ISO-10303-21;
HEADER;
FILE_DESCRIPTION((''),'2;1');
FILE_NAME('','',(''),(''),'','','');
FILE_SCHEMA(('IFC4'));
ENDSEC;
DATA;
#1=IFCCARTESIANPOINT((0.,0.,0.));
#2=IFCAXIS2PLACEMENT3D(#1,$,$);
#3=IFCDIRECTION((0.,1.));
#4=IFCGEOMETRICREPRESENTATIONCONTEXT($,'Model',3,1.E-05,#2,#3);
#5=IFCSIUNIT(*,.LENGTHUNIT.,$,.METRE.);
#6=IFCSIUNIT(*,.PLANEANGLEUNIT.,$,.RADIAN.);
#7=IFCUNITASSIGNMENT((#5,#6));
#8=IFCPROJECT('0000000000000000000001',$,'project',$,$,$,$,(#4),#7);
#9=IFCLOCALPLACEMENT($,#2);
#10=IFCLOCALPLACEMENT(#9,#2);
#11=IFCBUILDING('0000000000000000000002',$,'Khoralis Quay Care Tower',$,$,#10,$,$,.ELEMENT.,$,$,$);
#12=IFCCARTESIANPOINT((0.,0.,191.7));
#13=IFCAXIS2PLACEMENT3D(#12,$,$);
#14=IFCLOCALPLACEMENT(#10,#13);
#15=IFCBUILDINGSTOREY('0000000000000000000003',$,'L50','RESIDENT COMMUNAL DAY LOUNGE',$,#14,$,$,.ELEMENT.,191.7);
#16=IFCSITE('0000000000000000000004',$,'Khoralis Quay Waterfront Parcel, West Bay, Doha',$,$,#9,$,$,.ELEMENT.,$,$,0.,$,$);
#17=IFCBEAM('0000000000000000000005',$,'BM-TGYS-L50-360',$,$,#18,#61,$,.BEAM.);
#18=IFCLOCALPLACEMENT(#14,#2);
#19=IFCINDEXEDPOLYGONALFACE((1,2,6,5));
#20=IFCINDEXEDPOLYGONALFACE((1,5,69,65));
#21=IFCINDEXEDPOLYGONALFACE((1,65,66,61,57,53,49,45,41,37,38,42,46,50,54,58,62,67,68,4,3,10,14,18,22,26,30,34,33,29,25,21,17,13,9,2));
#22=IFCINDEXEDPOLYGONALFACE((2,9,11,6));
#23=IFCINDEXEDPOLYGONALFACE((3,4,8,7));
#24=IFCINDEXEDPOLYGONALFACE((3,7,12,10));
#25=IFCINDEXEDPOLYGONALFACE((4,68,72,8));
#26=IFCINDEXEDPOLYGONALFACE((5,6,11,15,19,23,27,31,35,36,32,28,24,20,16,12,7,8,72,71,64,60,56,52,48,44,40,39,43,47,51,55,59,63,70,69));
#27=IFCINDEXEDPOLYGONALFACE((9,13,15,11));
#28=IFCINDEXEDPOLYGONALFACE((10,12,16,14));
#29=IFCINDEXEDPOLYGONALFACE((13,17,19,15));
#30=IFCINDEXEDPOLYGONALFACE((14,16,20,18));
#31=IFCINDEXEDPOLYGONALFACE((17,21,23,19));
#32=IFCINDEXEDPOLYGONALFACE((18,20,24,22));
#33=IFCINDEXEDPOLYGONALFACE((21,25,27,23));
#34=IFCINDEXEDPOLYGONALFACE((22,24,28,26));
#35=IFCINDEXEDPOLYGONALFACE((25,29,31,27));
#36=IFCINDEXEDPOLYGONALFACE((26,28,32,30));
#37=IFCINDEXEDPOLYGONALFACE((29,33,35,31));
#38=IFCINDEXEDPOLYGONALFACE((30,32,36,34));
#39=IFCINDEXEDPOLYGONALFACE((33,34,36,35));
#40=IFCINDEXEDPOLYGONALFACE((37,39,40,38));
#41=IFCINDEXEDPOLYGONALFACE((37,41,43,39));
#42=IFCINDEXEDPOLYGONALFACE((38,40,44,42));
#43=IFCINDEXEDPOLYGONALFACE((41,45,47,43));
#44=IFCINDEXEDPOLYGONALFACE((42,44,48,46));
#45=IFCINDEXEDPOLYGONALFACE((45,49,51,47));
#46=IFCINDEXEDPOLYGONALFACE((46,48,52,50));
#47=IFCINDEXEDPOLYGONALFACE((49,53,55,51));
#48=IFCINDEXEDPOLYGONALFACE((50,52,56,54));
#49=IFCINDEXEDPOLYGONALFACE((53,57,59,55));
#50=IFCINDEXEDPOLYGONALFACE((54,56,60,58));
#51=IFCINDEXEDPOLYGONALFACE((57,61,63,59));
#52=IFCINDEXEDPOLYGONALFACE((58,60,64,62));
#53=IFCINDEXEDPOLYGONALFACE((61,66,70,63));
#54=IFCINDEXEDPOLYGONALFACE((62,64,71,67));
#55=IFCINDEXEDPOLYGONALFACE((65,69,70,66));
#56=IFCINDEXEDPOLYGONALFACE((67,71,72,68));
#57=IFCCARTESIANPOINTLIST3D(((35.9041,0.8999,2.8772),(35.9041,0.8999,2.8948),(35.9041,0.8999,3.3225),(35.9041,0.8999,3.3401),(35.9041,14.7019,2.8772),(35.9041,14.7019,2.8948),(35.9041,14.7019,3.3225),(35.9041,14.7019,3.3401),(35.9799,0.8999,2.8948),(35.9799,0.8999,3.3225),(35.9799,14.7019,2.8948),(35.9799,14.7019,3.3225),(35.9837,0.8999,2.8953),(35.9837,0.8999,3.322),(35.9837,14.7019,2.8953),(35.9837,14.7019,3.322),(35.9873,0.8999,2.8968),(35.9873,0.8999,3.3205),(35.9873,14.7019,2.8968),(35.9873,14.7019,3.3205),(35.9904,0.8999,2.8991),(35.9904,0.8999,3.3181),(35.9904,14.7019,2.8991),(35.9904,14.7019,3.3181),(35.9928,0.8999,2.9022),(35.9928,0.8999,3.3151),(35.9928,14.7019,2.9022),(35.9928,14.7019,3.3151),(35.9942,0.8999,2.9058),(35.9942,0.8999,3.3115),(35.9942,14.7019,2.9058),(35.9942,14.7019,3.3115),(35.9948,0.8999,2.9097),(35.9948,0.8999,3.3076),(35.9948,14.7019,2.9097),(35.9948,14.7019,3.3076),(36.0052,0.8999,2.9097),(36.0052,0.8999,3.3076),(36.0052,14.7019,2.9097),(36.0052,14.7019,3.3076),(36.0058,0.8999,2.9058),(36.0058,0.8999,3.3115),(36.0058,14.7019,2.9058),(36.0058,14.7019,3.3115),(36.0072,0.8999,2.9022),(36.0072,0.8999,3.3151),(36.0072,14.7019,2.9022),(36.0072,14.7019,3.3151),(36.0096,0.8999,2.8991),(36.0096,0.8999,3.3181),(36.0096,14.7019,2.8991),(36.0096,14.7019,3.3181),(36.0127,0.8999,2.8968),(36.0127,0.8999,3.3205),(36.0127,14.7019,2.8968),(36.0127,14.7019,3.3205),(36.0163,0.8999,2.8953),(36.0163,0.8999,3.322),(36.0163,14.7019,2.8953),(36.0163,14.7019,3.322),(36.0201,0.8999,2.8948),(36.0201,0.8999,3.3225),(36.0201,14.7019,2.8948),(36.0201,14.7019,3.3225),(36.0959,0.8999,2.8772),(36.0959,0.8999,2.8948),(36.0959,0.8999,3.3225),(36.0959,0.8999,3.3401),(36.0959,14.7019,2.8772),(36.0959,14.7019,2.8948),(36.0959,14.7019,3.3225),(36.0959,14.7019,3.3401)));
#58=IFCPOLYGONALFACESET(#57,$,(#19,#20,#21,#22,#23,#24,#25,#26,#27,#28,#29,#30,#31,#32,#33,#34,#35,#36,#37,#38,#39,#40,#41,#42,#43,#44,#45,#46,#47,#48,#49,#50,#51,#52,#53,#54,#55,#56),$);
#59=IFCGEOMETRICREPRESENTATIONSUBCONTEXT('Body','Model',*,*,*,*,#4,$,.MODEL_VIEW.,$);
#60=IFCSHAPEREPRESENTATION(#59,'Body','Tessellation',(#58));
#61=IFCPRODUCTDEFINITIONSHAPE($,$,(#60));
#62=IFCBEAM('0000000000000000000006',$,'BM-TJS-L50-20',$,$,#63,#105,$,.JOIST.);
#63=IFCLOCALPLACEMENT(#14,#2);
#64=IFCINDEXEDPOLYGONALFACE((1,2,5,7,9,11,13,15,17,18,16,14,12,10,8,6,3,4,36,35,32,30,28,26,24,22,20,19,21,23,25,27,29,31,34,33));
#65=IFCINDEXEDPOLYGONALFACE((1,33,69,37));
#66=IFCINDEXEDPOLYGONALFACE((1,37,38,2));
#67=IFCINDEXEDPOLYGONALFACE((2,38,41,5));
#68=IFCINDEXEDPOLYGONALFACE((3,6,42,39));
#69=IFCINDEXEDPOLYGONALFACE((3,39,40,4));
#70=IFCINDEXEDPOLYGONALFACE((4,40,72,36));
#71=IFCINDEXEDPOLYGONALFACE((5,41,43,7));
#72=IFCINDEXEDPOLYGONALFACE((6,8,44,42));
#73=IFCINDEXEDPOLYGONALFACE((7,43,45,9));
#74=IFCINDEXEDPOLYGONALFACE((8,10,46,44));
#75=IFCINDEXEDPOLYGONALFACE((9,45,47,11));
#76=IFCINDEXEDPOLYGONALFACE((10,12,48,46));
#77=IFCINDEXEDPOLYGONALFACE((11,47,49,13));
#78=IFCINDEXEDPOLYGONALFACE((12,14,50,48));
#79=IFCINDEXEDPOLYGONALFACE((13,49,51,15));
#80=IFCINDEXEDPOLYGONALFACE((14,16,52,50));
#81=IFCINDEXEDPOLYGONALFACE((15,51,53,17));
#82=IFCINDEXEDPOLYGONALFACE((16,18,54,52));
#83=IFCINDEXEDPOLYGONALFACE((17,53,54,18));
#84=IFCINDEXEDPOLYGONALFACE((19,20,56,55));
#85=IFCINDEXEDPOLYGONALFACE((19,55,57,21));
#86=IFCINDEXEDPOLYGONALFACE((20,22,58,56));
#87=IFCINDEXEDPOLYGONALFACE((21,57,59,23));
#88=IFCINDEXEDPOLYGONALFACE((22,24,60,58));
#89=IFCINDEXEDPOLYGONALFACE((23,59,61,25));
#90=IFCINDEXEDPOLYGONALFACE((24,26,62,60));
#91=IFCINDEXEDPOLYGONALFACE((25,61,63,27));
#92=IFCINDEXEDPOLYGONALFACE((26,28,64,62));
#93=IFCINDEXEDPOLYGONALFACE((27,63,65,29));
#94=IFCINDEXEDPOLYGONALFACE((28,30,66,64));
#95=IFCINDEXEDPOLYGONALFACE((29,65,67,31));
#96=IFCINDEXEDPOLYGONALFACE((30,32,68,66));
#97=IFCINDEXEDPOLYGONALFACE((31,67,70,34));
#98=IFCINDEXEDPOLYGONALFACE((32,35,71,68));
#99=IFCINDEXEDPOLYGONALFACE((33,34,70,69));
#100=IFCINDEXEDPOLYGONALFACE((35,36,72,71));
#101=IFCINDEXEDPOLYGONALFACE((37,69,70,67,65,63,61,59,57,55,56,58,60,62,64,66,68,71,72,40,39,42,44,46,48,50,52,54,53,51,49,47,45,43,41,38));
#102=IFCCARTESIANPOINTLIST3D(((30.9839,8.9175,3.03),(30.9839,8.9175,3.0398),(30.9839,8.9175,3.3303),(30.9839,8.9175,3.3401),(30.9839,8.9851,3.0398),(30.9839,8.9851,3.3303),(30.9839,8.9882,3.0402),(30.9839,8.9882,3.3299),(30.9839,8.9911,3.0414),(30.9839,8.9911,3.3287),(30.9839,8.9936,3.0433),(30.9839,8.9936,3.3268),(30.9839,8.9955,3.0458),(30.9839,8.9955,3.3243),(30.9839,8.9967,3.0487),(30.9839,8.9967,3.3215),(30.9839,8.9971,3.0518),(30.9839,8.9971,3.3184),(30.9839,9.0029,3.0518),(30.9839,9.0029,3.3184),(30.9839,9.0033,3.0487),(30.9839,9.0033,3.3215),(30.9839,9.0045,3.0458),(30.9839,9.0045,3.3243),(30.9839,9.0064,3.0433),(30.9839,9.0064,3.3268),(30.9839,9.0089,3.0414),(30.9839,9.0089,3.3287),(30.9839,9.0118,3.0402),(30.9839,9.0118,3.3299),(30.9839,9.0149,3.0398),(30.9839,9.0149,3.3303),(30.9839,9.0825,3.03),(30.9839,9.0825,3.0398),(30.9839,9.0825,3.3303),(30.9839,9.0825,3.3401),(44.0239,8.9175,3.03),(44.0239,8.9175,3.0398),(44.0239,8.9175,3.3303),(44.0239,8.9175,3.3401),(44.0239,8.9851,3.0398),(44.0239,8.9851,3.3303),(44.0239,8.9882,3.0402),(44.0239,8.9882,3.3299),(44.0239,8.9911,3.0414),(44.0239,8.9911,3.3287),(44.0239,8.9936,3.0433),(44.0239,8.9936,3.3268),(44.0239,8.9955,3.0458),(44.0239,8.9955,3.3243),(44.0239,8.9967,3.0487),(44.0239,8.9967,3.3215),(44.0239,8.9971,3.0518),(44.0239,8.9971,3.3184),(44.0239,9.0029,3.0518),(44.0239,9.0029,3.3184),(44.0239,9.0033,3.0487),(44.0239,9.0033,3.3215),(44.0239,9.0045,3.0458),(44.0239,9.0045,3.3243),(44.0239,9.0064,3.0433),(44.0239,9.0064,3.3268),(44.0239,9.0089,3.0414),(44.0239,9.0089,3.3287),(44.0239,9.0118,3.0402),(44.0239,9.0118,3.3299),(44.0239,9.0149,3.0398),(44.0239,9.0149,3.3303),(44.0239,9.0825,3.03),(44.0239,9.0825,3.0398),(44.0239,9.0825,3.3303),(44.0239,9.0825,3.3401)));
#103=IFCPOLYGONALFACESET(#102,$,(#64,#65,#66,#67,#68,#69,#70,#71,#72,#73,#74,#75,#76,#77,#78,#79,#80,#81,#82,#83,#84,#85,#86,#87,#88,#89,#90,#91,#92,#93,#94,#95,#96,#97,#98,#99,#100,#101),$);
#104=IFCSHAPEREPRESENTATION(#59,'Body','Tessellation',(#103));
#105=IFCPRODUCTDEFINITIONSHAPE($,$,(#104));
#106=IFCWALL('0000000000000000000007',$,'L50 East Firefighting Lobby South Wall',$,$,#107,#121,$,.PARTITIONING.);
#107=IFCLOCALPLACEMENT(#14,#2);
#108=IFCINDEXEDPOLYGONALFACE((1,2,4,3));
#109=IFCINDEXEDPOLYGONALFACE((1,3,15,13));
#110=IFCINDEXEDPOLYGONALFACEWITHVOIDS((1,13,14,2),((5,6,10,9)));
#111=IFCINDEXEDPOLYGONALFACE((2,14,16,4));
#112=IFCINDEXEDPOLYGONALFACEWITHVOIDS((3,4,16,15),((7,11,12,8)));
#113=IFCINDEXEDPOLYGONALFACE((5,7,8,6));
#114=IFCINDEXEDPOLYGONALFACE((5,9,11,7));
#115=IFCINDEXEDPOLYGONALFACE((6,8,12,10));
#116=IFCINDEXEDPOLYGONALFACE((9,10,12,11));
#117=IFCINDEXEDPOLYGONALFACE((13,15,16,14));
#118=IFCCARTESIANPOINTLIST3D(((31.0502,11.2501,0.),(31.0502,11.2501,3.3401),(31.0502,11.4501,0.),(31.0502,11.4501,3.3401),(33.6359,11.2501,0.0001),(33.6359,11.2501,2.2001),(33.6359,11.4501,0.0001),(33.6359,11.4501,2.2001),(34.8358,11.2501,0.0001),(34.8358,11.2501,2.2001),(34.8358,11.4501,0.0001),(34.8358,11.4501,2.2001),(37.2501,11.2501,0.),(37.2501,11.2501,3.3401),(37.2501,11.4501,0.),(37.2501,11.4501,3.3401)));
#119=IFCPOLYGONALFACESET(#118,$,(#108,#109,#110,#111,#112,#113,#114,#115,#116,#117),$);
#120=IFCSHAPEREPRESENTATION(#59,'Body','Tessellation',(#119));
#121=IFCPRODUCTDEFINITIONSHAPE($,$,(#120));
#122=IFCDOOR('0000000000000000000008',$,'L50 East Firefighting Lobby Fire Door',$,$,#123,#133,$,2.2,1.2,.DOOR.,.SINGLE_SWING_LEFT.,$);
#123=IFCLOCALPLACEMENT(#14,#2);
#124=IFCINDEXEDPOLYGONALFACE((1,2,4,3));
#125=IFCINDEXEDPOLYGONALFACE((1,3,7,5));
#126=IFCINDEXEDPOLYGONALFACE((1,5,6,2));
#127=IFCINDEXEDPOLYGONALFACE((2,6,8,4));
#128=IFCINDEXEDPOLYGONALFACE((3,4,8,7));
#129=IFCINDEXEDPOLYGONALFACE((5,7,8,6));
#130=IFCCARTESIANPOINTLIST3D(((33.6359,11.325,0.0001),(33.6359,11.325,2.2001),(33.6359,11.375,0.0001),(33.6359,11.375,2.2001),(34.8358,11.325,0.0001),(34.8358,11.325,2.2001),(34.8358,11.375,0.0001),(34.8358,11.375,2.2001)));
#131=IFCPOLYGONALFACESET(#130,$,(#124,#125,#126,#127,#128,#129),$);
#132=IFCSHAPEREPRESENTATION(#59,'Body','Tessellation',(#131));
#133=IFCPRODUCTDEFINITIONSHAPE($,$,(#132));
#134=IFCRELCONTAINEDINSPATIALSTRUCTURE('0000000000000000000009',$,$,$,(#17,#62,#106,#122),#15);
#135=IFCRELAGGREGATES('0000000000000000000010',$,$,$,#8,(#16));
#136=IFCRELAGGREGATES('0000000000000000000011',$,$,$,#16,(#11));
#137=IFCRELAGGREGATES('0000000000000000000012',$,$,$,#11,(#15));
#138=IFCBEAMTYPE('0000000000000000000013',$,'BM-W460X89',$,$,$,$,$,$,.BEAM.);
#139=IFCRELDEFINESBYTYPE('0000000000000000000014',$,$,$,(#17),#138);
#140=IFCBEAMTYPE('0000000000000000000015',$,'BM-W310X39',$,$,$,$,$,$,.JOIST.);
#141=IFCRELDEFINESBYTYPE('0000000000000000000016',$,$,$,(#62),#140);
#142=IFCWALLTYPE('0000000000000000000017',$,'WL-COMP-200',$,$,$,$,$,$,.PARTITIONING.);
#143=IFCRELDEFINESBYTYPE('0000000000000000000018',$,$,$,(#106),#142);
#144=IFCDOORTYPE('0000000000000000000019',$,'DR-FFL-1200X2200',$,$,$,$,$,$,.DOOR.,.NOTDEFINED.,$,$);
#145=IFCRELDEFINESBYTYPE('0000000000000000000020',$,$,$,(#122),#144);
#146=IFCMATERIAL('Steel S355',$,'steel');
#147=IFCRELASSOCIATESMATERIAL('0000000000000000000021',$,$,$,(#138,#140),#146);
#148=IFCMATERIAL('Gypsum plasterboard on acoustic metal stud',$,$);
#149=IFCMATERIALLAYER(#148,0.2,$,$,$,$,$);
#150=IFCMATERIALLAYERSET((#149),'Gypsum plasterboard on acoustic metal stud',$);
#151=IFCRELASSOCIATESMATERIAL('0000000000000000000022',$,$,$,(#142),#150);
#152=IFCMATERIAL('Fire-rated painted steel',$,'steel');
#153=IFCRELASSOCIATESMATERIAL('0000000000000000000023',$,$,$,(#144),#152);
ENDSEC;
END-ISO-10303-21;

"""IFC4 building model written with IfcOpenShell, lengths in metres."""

from ifc_helpers import new_model, si_unit, direction, frame, frame_2d, origin, origin_2d, place, context, subcontext, project, spatial, rectangle, i_section, extrude, source, transform, mapped, material, layer, layer_set, material_profile, profile_set, type_object, element, fill, save


model = new_model("IFC4")

# Units and contexts
model_context = context("Model", 3, precision=1e-05, world=origin(), true_north=direction((0.0, 1.0)))
body_context = subcontext(model_context, "Body", "Model", "MODEL_VIEW")
ifc_project = project(units=[si_unit("LENGTHUNIT", "METRE"), si_unit("PLANEANGLEUNIT", "RADIAN")], contexts=[model_context])

# Site, building, storey
site_placement = place(None, origin())
site = spatial("IfcSite", under=ifc_project, at=site_placement, Name="Khoralis Quay Waterfront Parcel, West Bay, Doha", CompositionType="ELEMENT", RefElevation=0.0)
building_placement = place(site_placement, origin())
building = spatial("IfcBuilding", under=site, at=building_placement, Name="Khoralis Quay Care Tower", CompositionType="ELEMENT")
storey_placement = place(building_placement, frame((0.0, 0.0, 191.7)))
storey = spatial("IfcBuildingStorey", under=building, at=storey_placement, Name="L50", Description="RESIDENT COMMUNAL DAY LOUNGE", CompositionType="ELEMENT", Elevation=191.7)

# Beams
ifc_material_1 = material(Name="Steel S355", Category="steel")
ifc_material_profile_1 = material_profile(ifc_material_1, i_section(OverallWidth=0.1919, OverallDepth=0.4629, WebThickness=0.0105, FlangeThickness=0.0176, FilletRadius=0.0149, at=origin_2d()), Name="Steel S355")
ifc_profile_set_1 = profile_set([ifc_material_profile_1], Name="Steel S355")
beam_type_1 = type_object("IfcBeamType", Name="BM-W460X89", PredefinedType="BEAM", material=ifc_profile_set_1)
shared_shape_1 = source(origin(), body_context, "Body", "SweptSolid", [
    extrude(i_section(OverallWidth=0.1919, OverallDepth=0.4629, WebThickness=0.0105, FlangeThickness=0.0176, FilletRadius=0.0149, at=origin_2d()), origin(), (0.0, 0.0, 1.0), 13.802),
])
beam_1_placement = place(storey_placement, frame((36.0, 0.8999, 3.1086), z_axis=(0.0, 1.0, 0.0), x_axis=(-1.0, 0.0, 0.0)))
element("IfcBeam", 1, at=beam_1_placement, inside=storey, type_object=beam_type_1, Name="BM-TGYS-L50-360", PredefinedType="BEAM", context=body_context, shape_type="MappedRepresentation", body=[
    mapped(shared_shape_1, transform((0.0, 0.0, 0.0), scale=1.0)),
])
ifc_material_profile_2 = material_profile(ifc_material_1, i_section(OverallWidth=0.165, OverallDepth=0.3101, WebThickness=0.0059, FlangeThickness=0.0098, FilletRadius=0.012, at=origin_2d()), Name="Steel S355")
ifc_profile_set_2 = profile_set([ifc_material_profile_2], Name="Steel S355")
beam_type_2 = type_object("IfcBeamType", Name="BM-W310X39", PredefinedType="JOIST", material=ifc_profile_set_2)
shared_shape_2 = source(origin(), body_context, "Body", "SweptSolid", [
    extrude(i_section(OverallWidth=0.165, OverallDepth=0.3101, WebThickness=0.0059, FlangeThickness=0.0098, FilletRadius=0.012, at=origin_2d()), origin(), (0.0, 0.0, 1.0), 13.04),
])
beam_2_placement = place(storey_placement, frame((30.9839, 9.0, 3.1851), z_axis=(1.0, 0.0, 0.0), x_axis=(0.0, 1.0, 0.0)))
element("IfcBeam", 2, at=beam_2_placement, inside=storey, type_object=beam_type_2, Name="BM-TJS-L50-20", PredefinedType="JOIST", context=body_context, shape_type="MappedRepresentation", body=[
    mapped(shared_shape_2, transform((0.0, 0.0, 0.0), scale=1.0)),
])

# Wall, opening, door
ifc_material_2 = material(Name="Gypsum plasterboard on acoustic metal stud")
ifc_layer_1 = layer(ifc_material_2, 0.2)
ifc_layer_set_1 = layer_set([ifc_layer_1], Name="Gypsum plasterboard on acoustic metal stud")
wall_type_1 = type_object("IfcWallType", Name="WL-COMP-200", PredefinedType="PARTITIONING", material=ifc_layer_set_1)
wall_1_placement = place(storey_placement, frame((31.05, 11.3501, 0.0), z_axis=(0.0, 0.0, 1.0), x_axis=(1.0, 0.0, 0.0)))
wall_1 = element("IfcWall", 3, at=wall_1_placement, inside=storey, type_object=wall_type_1, Name="L50 East Firefighting Lobby South Wall", PredefinedType="PARTITIONING", context=body_context, shape_type="SweptSolid", body=[
    extrude(rectangle(XDim=6.2, YDim=0.2, at=frame_2d((3.1001, 0.0))), origin(), (0.0, 0.0, 1.0), 3.3401),
])
opening_1_placement = place(wall_1_placement, frame((2.5857, 0.0, 0.0)))
opening_1 = element("IfcOpeningElement", 4, at=opening_1_placement, cuts=wall_1, PredefinedType="OPENING", context=body_context, shape_type="SweptSolid", body=[
    extrude(rectangle(XDim=1.2, YDim=2.2, at=frame_2d((0.6001, 1.1001))), frame((0.0, 0.1099, 0.0), z_axis=(0.0, -1.0, 0.0), x_axis=(1.0, 0.0, 0.0)), (0.0, 0.0, 1.0), 0.22),
])
ifc_material_3 = material(Name="Fire-rated painted steel", Category="steel")
door_type_1 = type_object("IfcDoorType", Name="DR-FFL-1200X2200", OperationType="NOTDEFINED", PredefinedType="DOOR", material=ifc_material_3)
shared_shape_3 = source(origin(), body_context, "Body", "SweptSolid", [
    extrude(rectangle(XDim=1.2, YDim=2.2, at=frame_2d((0.6001, 1.1001))), frame((0.0, 0.0249, 0.0), z_axis=(0.0, -1.0, 0.0), x_axis=(1.0, 0.0, 0.0)), (0.0, 0.0, 1.0), 0.05),
])
door_1_placement = place(opening_1_placement, origin())
door_1 = element("IfcDoor", 5, at=door_1_placement, inside=storey, type_object=door_type_1, Name="L50 East Firefighting Lobby Fire Door", OperationType="SINGLE_SWING_LEFT", OverallHeight=2.2, OverallWidth=1.2, PredefinedType="DOOR", context=body_context, shape_type="MappedRepresentation", body=[
    mapped(shared_shape_3, transform((0.0, 0.0, 0.0), scale=1.0)),
])
fill(opening_1, door_1)

save(model, "model.ifc")
